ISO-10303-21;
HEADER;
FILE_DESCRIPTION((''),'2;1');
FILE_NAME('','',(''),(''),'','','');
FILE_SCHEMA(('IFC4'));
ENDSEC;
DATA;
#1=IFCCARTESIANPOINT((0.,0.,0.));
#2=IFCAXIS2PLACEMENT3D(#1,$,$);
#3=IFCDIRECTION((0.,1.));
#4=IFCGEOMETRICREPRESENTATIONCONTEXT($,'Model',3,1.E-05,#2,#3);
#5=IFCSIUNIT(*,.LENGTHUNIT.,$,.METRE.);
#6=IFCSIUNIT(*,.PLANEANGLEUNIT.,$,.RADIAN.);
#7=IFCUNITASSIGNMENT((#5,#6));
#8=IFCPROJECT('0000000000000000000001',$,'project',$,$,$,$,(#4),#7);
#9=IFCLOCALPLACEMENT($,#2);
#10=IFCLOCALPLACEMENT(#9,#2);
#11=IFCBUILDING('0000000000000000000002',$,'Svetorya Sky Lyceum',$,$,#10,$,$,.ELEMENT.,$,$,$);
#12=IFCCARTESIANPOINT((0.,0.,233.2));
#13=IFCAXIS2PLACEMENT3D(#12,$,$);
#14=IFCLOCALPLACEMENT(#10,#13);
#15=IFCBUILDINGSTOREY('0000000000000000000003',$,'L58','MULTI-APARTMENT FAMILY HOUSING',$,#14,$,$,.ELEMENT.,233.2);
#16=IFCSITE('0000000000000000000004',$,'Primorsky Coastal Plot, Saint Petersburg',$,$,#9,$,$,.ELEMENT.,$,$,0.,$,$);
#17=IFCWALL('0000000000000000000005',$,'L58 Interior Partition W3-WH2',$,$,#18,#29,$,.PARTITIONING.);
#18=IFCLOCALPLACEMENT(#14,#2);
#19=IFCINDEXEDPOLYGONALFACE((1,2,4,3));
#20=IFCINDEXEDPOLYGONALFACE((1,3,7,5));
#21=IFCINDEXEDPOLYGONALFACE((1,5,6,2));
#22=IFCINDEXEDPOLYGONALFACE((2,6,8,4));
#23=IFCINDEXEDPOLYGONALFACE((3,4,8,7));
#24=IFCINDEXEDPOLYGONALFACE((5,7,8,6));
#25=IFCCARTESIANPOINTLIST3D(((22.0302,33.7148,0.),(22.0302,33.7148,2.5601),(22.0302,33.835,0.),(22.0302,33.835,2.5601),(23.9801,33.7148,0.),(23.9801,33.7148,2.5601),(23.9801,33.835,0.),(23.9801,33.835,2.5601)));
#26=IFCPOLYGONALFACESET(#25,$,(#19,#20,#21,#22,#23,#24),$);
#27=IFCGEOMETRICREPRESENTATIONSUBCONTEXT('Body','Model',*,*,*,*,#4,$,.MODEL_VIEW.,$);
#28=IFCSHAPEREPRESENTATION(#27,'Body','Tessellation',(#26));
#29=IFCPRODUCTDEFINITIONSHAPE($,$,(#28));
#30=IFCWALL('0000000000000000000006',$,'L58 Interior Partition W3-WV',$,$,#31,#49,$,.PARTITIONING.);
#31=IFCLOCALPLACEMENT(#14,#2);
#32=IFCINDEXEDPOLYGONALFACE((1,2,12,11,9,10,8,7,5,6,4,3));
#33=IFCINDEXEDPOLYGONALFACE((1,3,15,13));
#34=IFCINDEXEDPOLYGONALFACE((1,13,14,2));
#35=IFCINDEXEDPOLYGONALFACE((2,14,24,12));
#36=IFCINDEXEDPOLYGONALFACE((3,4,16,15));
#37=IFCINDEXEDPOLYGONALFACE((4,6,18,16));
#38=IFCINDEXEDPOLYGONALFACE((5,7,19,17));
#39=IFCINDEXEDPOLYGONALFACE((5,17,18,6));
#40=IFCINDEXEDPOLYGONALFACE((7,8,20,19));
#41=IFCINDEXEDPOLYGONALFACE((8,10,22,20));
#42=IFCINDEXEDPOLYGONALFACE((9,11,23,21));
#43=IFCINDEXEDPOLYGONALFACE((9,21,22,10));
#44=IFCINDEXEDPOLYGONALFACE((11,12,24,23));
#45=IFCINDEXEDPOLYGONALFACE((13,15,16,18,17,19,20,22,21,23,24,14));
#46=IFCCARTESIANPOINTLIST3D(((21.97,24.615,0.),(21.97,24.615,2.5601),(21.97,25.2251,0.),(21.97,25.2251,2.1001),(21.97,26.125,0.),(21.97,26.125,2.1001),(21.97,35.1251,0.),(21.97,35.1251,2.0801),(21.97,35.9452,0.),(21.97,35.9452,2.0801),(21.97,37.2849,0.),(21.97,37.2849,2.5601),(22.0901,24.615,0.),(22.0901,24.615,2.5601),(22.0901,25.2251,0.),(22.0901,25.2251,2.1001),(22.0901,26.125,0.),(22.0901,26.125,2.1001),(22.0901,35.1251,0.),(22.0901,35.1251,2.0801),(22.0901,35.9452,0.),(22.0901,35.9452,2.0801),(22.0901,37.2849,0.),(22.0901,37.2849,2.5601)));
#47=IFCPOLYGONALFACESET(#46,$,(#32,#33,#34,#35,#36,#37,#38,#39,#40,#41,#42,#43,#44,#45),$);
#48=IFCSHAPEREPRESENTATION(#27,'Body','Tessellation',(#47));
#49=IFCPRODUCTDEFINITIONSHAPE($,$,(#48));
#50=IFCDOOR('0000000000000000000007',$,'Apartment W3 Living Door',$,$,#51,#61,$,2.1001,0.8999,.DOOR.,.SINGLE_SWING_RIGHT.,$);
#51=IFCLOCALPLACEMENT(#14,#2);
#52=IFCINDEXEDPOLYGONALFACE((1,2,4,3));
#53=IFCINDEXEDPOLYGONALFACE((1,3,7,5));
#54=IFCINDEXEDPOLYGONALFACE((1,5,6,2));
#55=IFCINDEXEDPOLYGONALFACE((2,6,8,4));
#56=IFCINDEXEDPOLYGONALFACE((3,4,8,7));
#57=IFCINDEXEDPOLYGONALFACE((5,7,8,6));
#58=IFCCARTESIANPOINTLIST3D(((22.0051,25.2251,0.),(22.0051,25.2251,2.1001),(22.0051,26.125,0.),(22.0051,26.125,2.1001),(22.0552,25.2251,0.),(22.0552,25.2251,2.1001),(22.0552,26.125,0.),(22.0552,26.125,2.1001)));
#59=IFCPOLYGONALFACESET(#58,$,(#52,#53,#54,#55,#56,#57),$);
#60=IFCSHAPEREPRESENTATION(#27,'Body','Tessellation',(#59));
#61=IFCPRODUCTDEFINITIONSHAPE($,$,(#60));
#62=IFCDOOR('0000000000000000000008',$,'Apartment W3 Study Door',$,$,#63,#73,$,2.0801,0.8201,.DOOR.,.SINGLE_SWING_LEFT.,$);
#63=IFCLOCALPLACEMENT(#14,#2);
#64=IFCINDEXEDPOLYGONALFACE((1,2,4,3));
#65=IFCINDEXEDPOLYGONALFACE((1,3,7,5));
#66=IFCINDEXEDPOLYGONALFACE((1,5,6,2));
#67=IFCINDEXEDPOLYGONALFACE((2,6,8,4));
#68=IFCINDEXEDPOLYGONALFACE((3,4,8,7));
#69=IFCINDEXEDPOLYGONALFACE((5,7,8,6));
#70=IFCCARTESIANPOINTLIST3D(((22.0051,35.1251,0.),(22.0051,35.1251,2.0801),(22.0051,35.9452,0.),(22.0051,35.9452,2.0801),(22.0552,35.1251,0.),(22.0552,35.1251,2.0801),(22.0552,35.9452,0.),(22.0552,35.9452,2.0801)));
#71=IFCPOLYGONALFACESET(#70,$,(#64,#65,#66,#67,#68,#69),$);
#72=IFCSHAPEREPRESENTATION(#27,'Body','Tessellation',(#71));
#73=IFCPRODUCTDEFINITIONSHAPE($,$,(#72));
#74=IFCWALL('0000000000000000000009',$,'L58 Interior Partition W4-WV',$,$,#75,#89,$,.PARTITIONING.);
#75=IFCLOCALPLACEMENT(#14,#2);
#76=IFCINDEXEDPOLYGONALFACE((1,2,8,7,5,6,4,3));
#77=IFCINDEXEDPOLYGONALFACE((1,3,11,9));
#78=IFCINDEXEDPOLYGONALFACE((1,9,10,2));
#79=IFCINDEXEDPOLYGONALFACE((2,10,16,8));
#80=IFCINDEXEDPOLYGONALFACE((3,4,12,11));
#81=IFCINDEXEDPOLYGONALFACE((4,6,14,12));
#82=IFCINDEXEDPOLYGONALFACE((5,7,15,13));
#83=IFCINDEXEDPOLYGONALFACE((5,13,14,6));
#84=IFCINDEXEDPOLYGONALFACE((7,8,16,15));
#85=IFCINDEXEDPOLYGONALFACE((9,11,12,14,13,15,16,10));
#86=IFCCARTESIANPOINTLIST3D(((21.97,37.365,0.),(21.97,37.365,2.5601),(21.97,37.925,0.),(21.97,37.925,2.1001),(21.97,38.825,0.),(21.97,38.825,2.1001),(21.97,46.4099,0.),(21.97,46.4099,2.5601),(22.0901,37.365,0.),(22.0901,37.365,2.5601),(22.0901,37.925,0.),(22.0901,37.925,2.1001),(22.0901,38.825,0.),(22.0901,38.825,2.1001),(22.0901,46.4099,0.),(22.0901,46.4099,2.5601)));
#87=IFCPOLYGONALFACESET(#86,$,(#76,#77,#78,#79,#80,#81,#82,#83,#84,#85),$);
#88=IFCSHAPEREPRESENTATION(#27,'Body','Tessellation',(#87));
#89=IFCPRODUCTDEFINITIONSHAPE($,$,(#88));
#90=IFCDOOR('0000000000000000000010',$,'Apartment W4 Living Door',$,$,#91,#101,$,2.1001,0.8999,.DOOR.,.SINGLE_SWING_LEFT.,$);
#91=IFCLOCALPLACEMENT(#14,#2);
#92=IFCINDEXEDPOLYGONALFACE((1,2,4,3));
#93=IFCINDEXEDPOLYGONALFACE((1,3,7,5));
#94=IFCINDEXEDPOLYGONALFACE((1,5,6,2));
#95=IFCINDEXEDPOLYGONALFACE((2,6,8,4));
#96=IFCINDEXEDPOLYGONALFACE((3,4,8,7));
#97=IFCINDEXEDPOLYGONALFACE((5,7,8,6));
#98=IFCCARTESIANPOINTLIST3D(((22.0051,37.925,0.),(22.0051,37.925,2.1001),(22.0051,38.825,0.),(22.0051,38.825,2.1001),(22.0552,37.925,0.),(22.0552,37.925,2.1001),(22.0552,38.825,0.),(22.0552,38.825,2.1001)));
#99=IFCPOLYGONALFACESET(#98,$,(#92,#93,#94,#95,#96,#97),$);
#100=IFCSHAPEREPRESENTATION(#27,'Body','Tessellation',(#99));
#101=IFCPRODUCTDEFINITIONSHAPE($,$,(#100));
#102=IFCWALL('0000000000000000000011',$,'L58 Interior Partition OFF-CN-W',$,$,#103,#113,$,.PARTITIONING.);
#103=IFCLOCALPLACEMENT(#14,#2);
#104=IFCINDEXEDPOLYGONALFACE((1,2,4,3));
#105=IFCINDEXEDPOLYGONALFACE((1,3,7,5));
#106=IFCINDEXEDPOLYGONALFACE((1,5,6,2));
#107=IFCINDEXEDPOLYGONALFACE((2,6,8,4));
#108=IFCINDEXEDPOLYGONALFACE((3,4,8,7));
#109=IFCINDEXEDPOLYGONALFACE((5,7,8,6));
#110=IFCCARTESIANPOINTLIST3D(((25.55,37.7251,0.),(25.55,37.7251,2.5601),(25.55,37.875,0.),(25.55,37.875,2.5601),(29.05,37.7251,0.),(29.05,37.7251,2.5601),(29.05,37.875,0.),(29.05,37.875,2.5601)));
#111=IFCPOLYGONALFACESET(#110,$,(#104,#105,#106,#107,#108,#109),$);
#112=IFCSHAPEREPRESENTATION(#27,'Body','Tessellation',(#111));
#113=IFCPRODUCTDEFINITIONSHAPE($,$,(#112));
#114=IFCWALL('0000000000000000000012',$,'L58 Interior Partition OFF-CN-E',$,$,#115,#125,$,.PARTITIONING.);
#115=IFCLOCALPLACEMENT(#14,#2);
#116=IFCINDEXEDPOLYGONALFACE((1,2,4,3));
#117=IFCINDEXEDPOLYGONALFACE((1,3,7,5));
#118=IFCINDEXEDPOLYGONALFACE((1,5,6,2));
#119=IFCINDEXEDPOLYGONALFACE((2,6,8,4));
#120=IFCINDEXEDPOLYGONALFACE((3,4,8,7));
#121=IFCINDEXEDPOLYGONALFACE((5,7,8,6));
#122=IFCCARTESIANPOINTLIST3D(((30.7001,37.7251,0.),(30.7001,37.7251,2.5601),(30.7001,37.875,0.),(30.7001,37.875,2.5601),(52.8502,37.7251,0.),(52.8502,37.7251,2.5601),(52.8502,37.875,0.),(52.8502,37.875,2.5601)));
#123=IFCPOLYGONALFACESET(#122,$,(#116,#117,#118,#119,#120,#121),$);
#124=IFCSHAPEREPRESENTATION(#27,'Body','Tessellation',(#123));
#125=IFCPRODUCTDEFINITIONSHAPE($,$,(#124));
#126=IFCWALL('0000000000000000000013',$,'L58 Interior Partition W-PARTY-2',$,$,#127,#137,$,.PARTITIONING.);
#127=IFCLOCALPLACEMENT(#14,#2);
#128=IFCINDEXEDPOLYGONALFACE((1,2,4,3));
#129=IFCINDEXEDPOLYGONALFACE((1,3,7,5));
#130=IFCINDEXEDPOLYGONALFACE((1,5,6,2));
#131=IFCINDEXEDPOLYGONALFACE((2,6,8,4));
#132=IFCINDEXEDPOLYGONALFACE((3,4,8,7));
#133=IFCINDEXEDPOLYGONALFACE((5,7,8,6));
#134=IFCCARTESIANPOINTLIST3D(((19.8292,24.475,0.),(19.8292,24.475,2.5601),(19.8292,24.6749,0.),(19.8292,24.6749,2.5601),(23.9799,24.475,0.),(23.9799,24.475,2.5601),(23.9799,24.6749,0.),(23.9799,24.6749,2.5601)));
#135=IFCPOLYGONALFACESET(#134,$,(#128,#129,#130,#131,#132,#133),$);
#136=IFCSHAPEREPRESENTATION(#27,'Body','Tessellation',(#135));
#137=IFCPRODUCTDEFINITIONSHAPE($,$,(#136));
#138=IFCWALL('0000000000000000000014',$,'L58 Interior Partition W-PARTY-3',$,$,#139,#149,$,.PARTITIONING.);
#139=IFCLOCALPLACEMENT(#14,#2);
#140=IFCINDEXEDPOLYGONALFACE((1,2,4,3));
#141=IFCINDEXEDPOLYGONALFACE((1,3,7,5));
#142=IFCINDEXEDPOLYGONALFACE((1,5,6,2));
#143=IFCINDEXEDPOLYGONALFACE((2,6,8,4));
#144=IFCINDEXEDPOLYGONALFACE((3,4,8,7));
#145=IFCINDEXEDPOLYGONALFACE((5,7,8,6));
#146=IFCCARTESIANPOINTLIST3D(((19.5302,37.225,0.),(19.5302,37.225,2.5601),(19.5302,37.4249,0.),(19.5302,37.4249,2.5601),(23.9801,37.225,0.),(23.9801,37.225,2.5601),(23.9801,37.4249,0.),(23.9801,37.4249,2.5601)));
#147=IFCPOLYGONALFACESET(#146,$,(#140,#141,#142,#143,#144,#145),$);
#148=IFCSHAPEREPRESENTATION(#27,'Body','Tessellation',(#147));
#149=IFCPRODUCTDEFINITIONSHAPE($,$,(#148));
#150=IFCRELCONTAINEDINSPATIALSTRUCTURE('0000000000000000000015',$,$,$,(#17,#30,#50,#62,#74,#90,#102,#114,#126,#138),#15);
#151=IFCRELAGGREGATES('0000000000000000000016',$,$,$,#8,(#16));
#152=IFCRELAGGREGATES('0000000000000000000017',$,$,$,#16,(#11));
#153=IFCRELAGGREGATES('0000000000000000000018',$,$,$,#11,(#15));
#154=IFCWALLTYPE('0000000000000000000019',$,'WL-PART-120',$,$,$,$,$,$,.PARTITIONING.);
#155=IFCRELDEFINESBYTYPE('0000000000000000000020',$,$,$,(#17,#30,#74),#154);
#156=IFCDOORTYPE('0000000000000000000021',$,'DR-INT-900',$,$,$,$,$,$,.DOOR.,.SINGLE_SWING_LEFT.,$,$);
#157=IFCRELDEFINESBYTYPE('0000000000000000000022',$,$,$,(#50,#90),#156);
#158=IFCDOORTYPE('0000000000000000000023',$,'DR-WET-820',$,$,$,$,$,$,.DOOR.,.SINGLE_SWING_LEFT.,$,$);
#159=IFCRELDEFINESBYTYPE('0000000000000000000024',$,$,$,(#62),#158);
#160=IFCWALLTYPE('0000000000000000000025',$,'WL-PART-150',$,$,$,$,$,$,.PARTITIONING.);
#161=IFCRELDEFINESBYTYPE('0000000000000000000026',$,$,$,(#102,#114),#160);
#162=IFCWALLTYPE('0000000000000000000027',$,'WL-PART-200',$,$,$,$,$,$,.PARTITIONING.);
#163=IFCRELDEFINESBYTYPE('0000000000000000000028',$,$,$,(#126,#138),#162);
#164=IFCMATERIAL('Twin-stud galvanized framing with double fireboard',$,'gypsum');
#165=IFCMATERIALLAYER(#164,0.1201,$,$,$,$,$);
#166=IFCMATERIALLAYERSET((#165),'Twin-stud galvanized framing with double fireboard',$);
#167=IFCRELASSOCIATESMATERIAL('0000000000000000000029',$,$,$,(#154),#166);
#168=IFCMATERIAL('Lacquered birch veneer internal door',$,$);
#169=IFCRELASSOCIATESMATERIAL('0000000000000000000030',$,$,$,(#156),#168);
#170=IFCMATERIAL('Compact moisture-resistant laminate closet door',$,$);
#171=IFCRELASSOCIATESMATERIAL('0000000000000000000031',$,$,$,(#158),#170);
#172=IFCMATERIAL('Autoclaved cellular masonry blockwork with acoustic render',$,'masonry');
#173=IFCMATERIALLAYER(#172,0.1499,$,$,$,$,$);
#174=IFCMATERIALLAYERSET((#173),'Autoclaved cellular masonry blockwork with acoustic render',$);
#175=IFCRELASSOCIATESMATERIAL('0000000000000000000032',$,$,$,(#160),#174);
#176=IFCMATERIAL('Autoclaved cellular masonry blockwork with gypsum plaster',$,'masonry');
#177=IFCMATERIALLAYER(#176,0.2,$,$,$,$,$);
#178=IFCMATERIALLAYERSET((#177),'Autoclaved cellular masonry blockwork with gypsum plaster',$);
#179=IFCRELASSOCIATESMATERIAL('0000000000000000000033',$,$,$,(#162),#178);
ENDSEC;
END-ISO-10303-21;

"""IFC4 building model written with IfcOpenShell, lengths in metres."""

from ifc_helpers import new_model, si_unit, direction, frame, frame_2d, origin, place, context, subcontext, project, spatial, rectangle, extrude, material, layer, layer_set, type_object, element, fill, save


model = new_model("IFC4")

# Units and contexts
model_context = context("Model", 3, precision=1e-05, world=origin(), true_north=direction((0.0, 1.0)))
body_context = subcontext(model_context, "Body", "Model", "MODEL_VIEW")
ifc_project = project(units=[si_unit("LENGTHUNIT", "METRE"), si_unit("PLANEANGLEUNIT", "RADIAN")], contexts=[model_context])

# Site, building, storey
site_placement = place(None, origin())
site = spatial("IfcSite", under=ifc_project, at=site_placement, Name="Primorsky Coastal Plot, Saint Petersburg", CompositionType="ELEMENT", RefElevation=0.0)
building_placement = place(site_placement, origin())
building = spatial("IfcBuilding", under=site, at=building_placement, Name="Svetorya Sky Lyceum", CompositionType="ELEMENT")
storey_placement = place(building_placement, frame((0.0, 0.0, 233.2)))
storey = spatial("IfcBuildingStorey", under=building, at=storey_placement, Name="L58", Description="MULTI-APARTMENT FAMILY HOUSING", CompositionType="ELEMENT", Elevation=233.2)

# Shared definitions
ifc_material_1 = material(Name="Twin-stud galvanized framing with double fireboard", Category="gypsum")
ifc_layer_1 = layer(ifc_material_1, 0.1201)
ifc_layer_set_1 = layer_set([ifc_layer_1], Name="Twin-stud galvanized framing with double fireboard")
wall_type_1 = type_object("IfcWallType", Name="WL-PART-120", PredefinedType="PARTITIONING", material=ifc_layer_set_1)

# Wall
wall_1_placement = place(storey_placement, frame((22.03, 33.7749, 0.0), z_axis=(0.0, 0.0, 1.0), x_axis=(1.0, 0.0, 0.0)))
element("IfcWall", 1, at=wall_1_placement, inside=storey, type_object=wall_type_1, Name="L58 Interior Partition W3-WH2", PredefinedType="PARTITIONING", context=body_context, shape_type="SweptSolid", body=[
    extrude(rectangle(XDim=1.95, YDim=0.1201, at=frame_2d((0.9751, 0.0))), origin(), (0.0, 0.0, 1.0), 2.5601),
])

# Wall, openings, doors
wall_2_placement = place(storey_placement, frame((22.03, 24.615, 0.0), z_axis=(0.0, 0.0, 1.0), x_axis=(0.0, 1.0, 0.0)))
wall_2 = element("IfcWall", 2, at=wall_2_placement, inside=storey, type_object=wall_type_1, Name="L58 Interior Partition W3-WV", PredefinedType="PARTITIONING", context=body_context, shape_type="SweptSolid", body=[
    extrude(rectangle(XDim=12.6699, YDim=0.1201, at=frame_2d((6.335, 0.0))), origin(), (0.0, 0.0, 1.0), 2.5601),
])
opening_1_placement = place(wall_2_placement, frame((0.6101, 0.0, 0.0)))
opening_1 = element("IfcOpeningElement", 3, at=opening_1_placement, cuts=wall_2, PredefinedType="OPENING", context=body_context, shape_type="SweptSolid", body=[
    extrude(rectangle(XDim=0.8999, YDim=2.1001, at=frame_2d((0.45, 1.05))), frame((0.0, 0.0701, 0.0), z_axis=(0.0, -1.0, 0.0), x_axis=(1.0, 0.0, 0.0)), (0.0, 0.0, 1.0), 0.1401),
])
opening_2_placement = place(wall_2_placement, frame((10.51, 0.0, 0.0)))
opening_2 = element("IfcOpeningElement", 4, at=opening_2_placement, cuts=wall_2, PredefinedType="OPENING", context=body_context, shape_type="SweptSolid", body=[
    extrude(rectangle(XDim=0.8201, YDim=2.0801, at=frame_2d((0.4102, 1.04))), frame((0.0, 0.0701, 0.0), z_axis=(0.0, -1.0, 0.0), x_axis=(1.0, 0.0, 0.0)), (0.0, 0.0, 1.0), 0.1401),
])
ifc_material_2 = material(Name="Lacquered birch veneer internal door")
door_type_1 = type_object("IfcDoorType", Name="DR-INT-900", OperationType="SINGLE_SWING_LEFT", PredefinedType="DOOR", material=ifc_material_2)
door_1_placement = place(opening_1_placement, origin())
door_1 = element("IfcDoor", 5, at=door_1_placement, inside=storey, type_object=door_type_1, Name="Apartment W3 Living Door", OperationType="SINGLE_SWING_RIGHT", OverallHeight=2.1001, OverallWidth=0.8999, PredefinedType="DOOR", context=body_context, shape_type="SweptSolid", body=[
    extrude(rectangle(XDim=0.8999, YDim=2.1001, at=frame_2d((0.45, 1.05))), frame((0.0, 0.0249, 0.0), z_axis=(0.0, -1.0, 0.0), x_axis=(1.0, 0.0, 0.0)), (0.0, 0.0, 1.0), 0.05),
])
fill(opening_1, door_1)
ifc_material_3 = material(Name="Compact moisture-resistant laminate closet door")
door_type_2 = type_object("IfcDoorType", Name="DR-WET-820", OperationType="SINGLE_SWING_LEFT", PredefinedType="DOOR", material=ifc_material_3)
door_2_placement = place(opening_2_placement, origin())
door_2 = element("IfcDoor", 6, at=door_2_placement, inside=storey, type_object=door_type_2, Name="Apartment W3 Study Door", OperationType="SINGLE_SWING_LEFT", OverallHeight=2.0801, OverallWidth=0.8201, PredefinedType="DOOR", context=body_context, shape_type="SweptSolid", body=[
    extrude(rectangle(XDim=0.8201, YDim=2.0801, at=frame_2d((0.4102, 1.04))), frame((0.0, 0.0249, 0.0), z_axis=(0.0, -1.0, 0.0), x_axis=(1.0, 0.0, 0.0)), (0.0, 0.0, 1.0), 0.05),
])
fill(opening_2, door_2)

# Wall, opening, door
wall_3_placement = place(storey_placement, frame((22.03, 37.365, 0.0), z_axis=(0.0, 0.0, 1.0), x_axis=(0.0, 1.0, 0.0)))
wall_3 = element("IfcWall", 7, at=wall_3_placement, inside=storey, type_object=wall_type_1, Name="L58 Interior Partition W4-WV", PredefinedType="PARTITIONING", context=body_context, shape_type="SweptSolid", body=[
    extrude(rectangle(XDim=9.0449, YDim=0.1201, at=frame_2d((4.5225, 0.0))), origin(), (0.0, 0.0, 1.0), 2.5601),
])
opening_3_placement = place(wall_3_placement, frame((0.5601, 0.0, 0.0)))
opening_3 = element("IfcOpeningElement", 8, at=opening_3_placement, cuts=wall_3, PredefinedType="OPENING", context=body_context, shape_type="SweptSolid", body=[
    extrude(rectangle(XDim=0.8999, YDim=2.1001, at=frame_2d((0.45, 1.05))), frame((0.0, 0.0701, 0.0), z_axis=(0.0, -1.0, 0.0), x_axis=(1.0, 0.0, 0.0)), (0.0, 0.0, 1.0), 0.1401),
])
door_3_placement = place(opening_3_placement, origin())
door_3 = element("IfcDoor", 9, at=door_3_placement, inside=storey, type_object=door_type_1, Name="Apartment W4 Living Door", OperationType="SINGLE_SWING_LEFT", OverallHeight=2.1001, OverallWidth=0.8999, PredefinedType="DOOR", context=body_context, shape_type="SweptSolid", body=[
    extrude(rectangle(XDim=0.8999, YDim=2.1001, at=frame_2d((0.45, 1.05))), frame((0.0, 0.0249, 0.0), z_axis=(0.0, -1.0, 0.0), x_axis=(1.0, 0.0, 0.0)), (0.0, 0.0, 1.0), 0.05),
])
fill(opening_3, door_3)

# Walls
ifc_material_4 = material(Name="Autoclaved cellular masonry blockwork with acoustic render", Category="masonry")
ifc_layer_2 = layer(ifc_material_4, 0.1499)
ifc_layer_set_2 = layer_set([ifc_layer_2], Name="Autoclaved cellular masonry blockwork with acoustic render")
wall_type_2 = type_object("IfcWallType", Name="WL-PART-150", PredefinedType="PARTITIONING", material=ifc_layer_set_2)
wall_4_placement = place(storey_placement, frame((25.55, 37.8, 0.0), z_axis=(0.0, 0.0, 1.0), x_axis=(1.0, 0.0, 0.0)))
element("IfcWall", 10, at=wall_4_placement, inside=storey, type_object=wall_type_2, Name="L58 Interior Partition OFF-CN-W", PredefinedType="PARTITIONING", context=body_context, shape_type="SweptSolid", body=[
    extrude(rectangle(XDim=3.5, YDim=0.1499, at=frame_2d((1.75, 0.0))), origin(), (0.0, 0.0, 1.0), 2.5601),
])
wall_5_placement = place(storey_placement, frame((30.7, 37.8, 0.0), z_axis=(0.0, 0.0, 1.0), x_axis=(1.0, 0.0, 0.0)))
element("IfcWall", 11, at=wall_5_placement, inside=storey, type_object=wall_type_2, Name="L58 Interior Partition OFF-CN-E", PredefinedType="PARTITIONING", context=body_context, shape_type="SweptSolid", body=[
    extrude(rectangle(XDim=22.1501, YDim=0.1499, at=frame_2d((11.0752, 0.0))), origin(), (0.0, 0.0, 1.0), 2.5601),
])
ifc_material_5 = material(Name="Autoclaved cellular masonry blockwork with gypsum plaster", Category="masonry")
ifc_layer_3 = layer(ifc_material_5, 0.2)
ifc_layer_set_3 = layer_set([ifc_layer_3], Name="Autoclaved cellular masonry blockwork with gypsum plaster")
wall_type_3 = type_object("IfcWallType", Name="WL-PART-200", PredefinedType="PARTITIONING", material=ifc_layer_set_3)
wall_6_placement = place(storey_placement, frame((19.8293, 24.575, 0.0), z_axis=(0.0, 0.0, 1.0), x_axis=(1.0, 0.0, 0.0)))
element("IfcWall", 12, at=wall_6_placement, inside=storey, type_object=wall_type_3, Name="L58 Interior Partition W-PARTY-2", PredefinedType="PARTITIONING", context=body_context, shape_type="SweptSolid", body=[
    extrude(rectangle(XDim=4.1506, YDim=0.2, at=frame_2d((2.0752, 0.0))), origin(), (0.0, 0.0, 1.0), 2.5601),
])
wall_7_placement = place(storey_placement, frame((19.53, 37.325, 0.0), z_axis=(0.0, 0.0, 1.0), x_axis=(1.0, 0.0, 0.0)))
element("IfcWall", 13, at=wall_7_placement, inside=storey, type_object=wall_type_3, Name="L58 Interior Partition W-PARTY-3", PredefinedType="PARTITIONING", context=body_context, shape_type="SweptSolid", body=[
    extrude(rectangle(XDim=4.45, YDim=0.2, at=frame_2d((2.2251, 0.0))), origin(), (0.0, 0.0, 1.0), 2.5601),
])

save(model, "model.ifc")
